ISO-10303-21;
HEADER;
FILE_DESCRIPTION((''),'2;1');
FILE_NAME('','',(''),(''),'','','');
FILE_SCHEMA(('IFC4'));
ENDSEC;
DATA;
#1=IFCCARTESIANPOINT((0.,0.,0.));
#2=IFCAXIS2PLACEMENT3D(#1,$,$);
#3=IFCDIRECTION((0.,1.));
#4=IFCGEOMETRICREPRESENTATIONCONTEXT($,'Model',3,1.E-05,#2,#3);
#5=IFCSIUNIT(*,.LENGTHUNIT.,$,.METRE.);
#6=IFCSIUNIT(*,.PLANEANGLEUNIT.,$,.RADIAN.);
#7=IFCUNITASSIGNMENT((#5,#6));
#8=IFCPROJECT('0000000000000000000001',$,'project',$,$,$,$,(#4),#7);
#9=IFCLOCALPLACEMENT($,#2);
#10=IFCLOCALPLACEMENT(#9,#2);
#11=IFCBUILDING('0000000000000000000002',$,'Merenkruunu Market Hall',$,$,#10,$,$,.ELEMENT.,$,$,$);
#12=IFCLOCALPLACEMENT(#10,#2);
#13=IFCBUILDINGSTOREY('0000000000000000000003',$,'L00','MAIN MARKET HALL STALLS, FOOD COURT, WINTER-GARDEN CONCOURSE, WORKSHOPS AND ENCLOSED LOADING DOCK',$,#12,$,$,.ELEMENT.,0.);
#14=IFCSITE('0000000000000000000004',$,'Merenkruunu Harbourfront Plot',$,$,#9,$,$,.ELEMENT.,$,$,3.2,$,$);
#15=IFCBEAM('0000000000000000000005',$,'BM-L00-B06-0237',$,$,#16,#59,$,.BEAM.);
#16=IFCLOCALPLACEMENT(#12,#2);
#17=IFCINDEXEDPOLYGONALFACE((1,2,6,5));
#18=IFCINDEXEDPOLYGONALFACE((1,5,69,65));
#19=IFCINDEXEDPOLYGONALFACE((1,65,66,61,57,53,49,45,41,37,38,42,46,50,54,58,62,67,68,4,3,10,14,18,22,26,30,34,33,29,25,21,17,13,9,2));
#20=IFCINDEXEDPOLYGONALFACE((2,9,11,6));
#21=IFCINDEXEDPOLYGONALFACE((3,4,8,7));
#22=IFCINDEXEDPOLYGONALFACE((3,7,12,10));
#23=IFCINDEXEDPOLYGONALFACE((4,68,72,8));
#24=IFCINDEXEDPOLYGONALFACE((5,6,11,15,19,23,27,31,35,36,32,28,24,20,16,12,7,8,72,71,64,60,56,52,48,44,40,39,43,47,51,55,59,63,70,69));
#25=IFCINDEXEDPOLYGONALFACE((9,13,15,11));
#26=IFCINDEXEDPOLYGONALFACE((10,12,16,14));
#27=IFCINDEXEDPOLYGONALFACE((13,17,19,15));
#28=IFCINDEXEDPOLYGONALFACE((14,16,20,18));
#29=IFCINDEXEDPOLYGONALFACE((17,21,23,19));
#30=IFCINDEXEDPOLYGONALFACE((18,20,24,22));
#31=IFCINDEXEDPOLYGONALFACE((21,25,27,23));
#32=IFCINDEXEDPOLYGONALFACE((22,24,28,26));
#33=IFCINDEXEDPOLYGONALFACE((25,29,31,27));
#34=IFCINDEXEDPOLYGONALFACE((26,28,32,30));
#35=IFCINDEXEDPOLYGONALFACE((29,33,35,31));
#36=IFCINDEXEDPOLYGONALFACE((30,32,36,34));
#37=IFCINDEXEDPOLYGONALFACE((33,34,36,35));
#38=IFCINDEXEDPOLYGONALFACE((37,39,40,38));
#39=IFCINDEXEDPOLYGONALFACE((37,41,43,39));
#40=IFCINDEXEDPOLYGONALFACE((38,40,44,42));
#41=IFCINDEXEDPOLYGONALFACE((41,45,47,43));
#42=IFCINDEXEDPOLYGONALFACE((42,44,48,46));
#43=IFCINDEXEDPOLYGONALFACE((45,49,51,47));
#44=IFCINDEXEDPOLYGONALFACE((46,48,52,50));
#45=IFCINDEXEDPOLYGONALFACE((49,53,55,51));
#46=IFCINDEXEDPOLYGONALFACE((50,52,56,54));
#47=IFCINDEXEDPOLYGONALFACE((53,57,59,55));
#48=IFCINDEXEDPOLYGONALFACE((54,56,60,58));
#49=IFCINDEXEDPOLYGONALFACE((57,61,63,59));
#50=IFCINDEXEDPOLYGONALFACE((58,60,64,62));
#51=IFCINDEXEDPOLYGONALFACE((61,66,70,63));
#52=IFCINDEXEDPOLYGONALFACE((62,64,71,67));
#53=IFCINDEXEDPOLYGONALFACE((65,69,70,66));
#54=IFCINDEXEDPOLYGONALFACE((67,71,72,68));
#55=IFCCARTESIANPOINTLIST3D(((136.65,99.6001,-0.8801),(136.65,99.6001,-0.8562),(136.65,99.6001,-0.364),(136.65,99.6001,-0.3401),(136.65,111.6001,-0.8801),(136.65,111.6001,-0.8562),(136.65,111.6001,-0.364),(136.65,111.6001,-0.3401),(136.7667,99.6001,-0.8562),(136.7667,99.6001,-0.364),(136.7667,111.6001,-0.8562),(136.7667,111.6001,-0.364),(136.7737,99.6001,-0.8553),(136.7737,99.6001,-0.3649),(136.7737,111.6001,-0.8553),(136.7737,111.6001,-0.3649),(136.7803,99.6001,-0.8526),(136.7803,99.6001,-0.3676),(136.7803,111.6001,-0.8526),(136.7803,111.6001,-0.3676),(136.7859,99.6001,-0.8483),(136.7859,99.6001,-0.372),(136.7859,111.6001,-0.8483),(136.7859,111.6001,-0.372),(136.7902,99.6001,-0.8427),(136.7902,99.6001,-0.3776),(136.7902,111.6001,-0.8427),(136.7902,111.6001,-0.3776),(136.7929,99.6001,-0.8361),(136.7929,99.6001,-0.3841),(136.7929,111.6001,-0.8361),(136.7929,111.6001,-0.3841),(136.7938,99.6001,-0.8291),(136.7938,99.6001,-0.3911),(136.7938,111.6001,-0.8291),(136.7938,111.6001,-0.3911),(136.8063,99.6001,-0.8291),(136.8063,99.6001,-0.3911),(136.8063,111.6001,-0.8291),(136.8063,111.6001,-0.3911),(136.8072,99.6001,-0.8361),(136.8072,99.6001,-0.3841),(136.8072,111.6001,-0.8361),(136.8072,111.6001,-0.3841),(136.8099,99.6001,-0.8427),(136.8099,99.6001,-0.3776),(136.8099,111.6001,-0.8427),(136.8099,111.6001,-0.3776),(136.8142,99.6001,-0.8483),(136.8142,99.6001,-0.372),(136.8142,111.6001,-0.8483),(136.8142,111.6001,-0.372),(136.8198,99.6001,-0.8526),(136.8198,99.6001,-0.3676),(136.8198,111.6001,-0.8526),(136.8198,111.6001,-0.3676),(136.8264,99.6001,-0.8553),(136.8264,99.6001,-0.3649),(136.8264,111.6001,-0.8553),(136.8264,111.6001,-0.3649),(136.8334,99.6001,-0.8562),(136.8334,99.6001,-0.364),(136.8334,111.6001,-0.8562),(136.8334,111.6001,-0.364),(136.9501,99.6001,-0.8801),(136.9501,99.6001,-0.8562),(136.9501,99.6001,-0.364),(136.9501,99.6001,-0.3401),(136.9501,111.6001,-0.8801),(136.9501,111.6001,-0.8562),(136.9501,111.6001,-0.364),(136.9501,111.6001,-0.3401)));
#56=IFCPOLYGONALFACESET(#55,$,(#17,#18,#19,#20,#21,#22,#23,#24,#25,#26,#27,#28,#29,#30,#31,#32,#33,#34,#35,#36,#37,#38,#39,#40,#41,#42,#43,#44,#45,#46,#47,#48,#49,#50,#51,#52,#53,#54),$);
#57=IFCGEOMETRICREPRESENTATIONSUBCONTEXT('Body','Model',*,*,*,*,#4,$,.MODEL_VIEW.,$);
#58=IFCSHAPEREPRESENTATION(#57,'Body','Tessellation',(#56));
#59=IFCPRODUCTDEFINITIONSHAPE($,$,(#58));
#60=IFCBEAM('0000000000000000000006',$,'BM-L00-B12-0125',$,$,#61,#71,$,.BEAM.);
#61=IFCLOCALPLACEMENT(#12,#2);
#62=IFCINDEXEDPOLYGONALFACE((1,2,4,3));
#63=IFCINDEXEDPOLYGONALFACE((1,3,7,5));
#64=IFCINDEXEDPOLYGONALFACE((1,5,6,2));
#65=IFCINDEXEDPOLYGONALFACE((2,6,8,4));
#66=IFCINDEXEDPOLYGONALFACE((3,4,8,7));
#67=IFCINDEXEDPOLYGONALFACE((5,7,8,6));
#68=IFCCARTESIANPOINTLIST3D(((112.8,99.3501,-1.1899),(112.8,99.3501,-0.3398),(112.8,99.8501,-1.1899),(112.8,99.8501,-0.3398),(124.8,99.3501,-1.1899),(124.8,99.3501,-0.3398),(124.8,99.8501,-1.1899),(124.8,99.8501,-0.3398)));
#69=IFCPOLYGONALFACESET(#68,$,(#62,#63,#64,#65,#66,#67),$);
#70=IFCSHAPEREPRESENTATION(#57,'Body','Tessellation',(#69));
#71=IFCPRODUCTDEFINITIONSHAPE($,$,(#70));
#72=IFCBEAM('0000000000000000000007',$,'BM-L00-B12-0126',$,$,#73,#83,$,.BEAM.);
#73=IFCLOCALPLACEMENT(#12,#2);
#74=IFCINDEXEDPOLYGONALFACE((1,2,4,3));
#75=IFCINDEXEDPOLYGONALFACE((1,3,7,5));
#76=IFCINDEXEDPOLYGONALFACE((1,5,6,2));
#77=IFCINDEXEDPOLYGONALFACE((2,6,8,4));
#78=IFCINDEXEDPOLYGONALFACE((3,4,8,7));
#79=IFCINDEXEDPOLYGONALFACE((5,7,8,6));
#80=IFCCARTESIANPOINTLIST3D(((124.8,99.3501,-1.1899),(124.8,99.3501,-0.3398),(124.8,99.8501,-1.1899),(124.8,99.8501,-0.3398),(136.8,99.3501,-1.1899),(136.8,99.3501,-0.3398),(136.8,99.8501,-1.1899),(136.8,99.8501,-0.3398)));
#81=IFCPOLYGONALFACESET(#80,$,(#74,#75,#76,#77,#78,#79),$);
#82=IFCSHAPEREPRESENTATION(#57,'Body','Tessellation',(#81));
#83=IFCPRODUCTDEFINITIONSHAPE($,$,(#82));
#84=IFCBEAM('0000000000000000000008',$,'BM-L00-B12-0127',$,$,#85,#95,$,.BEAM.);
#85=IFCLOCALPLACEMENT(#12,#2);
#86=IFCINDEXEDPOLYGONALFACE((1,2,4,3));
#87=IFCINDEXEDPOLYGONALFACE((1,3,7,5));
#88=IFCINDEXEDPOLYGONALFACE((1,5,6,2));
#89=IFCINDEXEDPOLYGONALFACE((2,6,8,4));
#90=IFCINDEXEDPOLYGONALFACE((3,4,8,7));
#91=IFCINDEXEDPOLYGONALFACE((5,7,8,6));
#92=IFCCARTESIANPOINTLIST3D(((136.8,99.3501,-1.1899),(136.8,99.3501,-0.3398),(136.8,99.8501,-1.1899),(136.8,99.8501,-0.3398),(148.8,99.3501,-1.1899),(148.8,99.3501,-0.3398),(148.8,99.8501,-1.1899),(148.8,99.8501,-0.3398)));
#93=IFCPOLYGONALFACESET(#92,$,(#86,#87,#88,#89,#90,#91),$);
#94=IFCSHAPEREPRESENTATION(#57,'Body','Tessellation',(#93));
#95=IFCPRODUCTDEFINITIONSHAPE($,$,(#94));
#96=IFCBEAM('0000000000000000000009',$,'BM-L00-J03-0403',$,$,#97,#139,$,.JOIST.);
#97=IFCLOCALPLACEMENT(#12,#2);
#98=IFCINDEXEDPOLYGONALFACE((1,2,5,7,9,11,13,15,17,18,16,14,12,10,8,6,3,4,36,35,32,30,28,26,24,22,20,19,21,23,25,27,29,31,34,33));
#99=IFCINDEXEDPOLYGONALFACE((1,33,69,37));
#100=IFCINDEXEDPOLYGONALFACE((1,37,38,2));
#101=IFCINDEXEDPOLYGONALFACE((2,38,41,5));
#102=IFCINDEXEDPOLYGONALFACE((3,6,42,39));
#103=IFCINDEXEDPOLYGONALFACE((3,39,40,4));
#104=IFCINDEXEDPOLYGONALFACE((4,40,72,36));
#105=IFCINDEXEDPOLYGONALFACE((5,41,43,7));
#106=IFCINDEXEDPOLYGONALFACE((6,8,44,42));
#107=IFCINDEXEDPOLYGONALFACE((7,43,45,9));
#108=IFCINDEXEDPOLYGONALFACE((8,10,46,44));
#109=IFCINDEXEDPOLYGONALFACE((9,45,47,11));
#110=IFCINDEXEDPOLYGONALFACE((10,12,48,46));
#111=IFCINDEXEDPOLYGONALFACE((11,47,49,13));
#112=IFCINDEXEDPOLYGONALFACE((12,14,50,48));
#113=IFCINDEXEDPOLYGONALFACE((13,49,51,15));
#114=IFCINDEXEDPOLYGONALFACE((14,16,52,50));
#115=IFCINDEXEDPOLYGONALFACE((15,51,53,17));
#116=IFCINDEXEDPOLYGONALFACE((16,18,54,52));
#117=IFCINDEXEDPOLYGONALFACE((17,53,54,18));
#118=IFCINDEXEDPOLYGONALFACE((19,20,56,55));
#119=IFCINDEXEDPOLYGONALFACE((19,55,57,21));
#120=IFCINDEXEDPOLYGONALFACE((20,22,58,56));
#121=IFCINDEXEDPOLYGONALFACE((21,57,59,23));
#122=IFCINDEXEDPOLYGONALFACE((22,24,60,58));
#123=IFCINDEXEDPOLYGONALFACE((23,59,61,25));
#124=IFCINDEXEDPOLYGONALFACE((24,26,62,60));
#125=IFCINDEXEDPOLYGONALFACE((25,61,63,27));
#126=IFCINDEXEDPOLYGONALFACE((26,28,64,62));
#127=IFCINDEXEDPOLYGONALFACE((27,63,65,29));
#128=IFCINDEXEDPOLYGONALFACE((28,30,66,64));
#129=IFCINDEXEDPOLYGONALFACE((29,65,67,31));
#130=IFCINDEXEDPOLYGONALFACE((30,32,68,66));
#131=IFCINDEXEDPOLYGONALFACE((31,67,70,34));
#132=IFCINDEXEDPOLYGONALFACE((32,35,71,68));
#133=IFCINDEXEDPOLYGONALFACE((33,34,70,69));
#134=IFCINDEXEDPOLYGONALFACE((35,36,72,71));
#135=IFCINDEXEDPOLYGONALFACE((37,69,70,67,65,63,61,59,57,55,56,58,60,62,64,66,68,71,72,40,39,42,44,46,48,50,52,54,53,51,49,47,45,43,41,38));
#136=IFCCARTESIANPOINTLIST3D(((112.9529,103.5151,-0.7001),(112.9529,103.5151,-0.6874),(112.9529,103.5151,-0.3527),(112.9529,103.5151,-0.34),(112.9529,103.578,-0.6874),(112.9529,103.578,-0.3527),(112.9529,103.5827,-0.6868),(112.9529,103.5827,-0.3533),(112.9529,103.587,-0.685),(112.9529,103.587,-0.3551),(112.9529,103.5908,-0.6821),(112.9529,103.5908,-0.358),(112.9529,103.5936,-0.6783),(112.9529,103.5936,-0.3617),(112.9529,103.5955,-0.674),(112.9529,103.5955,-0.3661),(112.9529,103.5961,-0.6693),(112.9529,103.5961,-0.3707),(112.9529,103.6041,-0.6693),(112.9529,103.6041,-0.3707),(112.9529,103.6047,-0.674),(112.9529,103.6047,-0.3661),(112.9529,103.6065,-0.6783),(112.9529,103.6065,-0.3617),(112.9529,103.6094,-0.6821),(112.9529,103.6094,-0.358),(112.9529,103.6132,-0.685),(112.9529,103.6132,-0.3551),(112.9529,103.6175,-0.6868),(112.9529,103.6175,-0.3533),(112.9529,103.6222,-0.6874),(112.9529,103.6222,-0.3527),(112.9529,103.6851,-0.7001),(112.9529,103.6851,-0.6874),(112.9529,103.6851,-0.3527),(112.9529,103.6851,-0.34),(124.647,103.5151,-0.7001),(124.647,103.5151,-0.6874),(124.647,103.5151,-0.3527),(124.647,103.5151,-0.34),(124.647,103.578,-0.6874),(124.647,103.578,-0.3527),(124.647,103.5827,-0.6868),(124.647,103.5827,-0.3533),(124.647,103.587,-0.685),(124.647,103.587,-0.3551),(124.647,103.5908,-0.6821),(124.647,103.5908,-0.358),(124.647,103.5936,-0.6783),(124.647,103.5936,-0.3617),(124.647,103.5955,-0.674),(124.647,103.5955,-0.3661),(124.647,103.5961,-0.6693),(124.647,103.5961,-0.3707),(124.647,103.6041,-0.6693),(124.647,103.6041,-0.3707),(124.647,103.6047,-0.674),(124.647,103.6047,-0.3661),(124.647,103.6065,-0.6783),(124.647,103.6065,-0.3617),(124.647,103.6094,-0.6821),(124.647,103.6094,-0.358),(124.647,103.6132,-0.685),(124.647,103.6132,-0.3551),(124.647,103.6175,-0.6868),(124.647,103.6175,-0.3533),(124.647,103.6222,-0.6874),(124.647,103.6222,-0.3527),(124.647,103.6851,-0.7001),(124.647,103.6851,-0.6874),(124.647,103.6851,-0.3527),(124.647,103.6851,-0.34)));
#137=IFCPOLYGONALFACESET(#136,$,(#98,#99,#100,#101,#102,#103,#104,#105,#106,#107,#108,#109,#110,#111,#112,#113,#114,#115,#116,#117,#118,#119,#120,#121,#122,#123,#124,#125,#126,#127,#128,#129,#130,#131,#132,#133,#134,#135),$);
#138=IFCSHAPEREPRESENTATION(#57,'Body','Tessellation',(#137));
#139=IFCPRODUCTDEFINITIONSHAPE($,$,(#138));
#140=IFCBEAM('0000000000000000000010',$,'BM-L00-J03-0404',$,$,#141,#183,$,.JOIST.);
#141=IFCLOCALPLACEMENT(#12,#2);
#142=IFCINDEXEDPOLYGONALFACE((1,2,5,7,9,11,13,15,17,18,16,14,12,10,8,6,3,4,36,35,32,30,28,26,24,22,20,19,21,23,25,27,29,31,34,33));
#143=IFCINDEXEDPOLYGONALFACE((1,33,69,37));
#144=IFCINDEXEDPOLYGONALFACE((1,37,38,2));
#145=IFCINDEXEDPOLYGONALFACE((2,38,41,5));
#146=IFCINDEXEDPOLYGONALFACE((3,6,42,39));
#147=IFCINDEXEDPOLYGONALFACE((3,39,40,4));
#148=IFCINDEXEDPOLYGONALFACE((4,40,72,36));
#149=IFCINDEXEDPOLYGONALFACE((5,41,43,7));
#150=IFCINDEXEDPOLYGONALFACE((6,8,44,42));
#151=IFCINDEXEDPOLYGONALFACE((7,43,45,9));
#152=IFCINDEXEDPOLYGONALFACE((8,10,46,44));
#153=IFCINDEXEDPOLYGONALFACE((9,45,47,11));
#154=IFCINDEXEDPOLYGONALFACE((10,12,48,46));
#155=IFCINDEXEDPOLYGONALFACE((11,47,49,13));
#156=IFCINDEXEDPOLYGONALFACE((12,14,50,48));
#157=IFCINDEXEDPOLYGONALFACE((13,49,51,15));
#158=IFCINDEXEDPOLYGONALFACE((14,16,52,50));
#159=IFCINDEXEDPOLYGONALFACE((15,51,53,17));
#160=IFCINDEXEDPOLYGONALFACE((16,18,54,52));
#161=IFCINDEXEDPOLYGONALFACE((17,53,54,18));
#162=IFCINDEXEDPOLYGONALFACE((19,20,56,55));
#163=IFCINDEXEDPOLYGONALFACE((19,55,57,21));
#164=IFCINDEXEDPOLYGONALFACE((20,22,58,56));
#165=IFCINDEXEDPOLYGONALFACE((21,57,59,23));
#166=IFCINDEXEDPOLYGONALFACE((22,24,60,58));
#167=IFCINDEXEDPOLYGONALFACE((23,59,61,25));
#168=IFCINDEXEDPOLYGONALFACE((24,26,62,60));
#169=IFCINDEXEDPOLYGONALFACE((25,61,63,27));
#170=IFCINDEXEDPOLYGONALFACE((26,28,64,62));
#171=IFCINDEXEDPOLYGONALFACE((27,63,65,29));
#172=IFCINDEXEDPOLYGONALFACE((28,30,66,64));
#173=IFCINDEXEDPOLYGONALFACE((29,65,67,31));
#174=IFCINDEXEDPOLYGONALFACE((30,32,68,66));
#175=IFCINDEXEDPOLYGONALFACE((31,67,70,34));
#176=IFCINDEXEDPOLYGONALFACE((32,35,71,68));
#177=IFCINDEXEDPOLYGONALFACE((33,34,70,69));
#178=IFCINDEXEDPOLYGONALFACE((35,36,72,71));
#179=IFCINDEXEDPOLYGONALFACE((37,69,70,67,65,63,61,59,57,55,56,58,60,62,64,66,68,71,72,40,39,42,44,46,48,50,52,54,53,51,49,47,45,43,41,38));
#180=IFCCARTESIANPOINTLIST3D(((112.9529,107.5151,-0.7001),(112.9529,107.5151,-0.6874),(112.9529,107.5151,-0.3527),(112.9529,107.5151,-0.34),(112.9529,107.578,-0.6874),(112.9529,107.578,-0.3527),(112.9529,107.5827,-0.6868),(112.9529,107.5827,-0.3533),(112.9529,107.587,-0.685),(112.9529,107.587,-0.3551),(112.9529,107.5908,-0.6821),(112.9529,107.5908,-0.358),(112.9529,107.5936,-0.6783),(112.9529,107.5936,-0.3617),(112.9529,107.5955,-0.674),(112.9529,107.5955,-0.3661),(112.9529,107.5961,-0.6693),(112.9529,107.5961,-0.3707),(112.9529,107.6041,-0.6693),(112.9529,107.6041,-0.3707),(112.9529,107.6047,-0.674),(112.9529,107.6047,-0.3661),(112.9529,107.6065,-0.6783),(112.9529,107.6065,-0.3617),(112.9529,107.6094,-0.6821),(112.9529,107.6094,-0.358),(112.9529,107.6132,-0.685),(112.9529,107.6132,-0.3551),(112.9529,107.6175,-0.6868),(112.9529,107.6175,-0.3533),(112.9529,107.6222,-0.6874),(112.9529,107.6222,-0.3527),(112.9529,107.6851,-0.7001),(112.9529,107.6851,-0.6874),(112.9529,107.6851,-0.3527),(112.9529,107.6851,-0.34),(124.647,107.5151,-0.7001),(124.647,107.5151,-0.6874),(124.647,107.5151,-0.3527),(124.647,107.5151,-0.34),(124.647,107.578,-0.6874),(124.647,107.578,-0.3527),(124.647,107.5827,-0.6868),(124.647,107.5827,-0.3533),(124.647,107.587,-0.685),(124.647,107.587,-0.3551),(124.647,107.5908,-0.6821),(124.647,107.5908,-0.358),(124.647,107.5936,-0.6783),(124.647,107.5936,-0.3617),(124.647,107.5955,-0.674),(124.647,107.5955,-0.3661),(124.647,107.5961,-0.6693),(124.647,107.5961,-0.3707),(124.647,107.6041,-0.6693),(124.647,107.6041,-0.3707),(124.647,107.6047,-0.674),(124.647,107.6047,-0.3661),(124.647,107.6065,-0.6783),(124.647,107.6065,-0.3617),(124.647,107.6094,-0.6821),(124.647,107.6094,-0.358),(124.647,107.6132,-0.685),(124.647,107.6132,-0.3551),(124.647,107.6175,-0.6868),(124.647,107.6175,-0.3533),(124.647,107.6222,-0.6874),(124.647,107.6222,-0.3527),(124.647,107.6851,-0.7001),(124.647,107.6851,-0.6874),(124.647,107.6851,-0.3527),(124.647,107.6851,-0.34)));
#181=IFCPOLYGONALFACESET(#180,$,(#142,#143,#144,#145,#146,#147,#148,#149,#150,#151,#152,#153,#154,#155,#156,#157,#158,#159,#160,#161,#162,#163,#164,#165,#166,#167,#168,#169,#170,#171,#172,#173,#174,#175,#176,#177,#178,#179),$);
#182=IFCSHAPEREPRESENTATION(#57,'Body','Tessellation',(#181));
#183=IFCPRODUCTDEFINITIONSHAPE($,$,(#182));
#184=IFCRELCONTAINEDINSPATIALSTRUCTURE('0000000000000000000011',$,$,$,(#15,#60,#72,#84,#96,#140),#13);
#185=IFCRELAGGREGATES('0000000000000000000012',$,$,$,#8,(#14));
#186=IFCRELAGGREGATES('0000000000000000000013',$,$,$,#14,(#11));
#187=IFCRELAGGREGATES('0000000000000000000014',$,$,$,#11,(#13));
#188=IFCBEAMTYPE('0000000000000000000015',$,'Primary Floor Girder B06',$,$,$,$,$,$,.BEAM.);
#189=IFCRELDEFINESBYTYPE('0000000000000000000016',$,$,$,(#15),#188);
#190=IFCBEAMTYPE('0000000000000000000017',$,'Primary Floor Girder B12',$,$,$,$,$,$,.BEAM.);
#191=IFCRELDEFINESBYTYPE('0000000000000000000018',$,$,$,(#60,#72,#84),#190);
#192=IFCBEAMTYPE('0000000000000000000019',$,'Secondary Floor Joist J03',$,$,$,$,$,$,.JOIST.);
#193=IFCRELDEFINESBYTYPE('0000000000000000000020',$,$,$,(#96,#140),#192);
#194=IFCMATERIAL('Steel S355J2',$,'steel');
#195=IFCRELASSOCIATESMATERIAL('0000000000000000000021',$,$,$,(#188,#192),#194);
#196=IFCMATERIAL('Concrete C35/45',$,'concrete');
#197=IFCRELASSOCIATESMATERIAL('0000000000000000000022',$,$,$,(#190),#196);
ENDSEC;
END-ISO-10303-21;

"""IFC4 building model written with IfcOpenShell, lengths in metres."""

from ifc_helpers import new_model, si_unit, direction, frame, origin, origin_2d, place, context, subcontext, project, spatial, rectangle, i_section, extrude, material, material_profile, profile_set, type_object, element, save


model = new_model("IFC4")

# Units and contexts
model_context = context("Model", 3, precision=1e-05, world=origin(), true_north=direction((0.0, 1.0)))
body_context = subcontext(model_context, "Body", "Model", "MODEL_VIEW")
ifc_project = project(units=[si_unit("LENGTHUNIT", "METRE"), si_unit("PLANEANGLEUNIT", "RADIAN")], contexts=[model_context])

# Site, building, storey
site_placement = place(None, origin())
site = spatial("IfcSite", under=ifc_project, at=site_placement, Name="Merenkruunu Harbourfront Plot", CompositionType="ELEMENT", RefElevation=3.2)
building_placement = place(site_placement, origin())
building = spatial("IfcBuilding", under=site, at=building_placement, Name="Merenkruunu Market Hall", CompositionType="ELEMENT")
storey_placement = place(building_placement, origin())
storey = spatial("IfcBuildingStorey", under=building, at=storey_placement, Name="L00", Description="MAIN MARKET HALL STALLS, FOOD COURT, WINTER-GARDEN CONCOURSE, WORKSHOPS AND ENCLOSED LOADING DOCK", CompositionType="ELEMENT", Elevation=0.0)

# Shared definitions
ifc_material_1 = material(Name="Steel S355J2", Category="steel")

# Beams
ifc_material_profile_1 = material_profile(ifc_material_1, i_section(OverallWidth=0.3, OverallDepth=0.54, WebThickness=0.0125, FlangeThickness=0.0239, FilletRadius=0.0271, at=origin_2d()), Name="HEA 550")
ifc_profile_set_1 = profile_set([ifc_material_profile_1], Name="Steel S355J2")
beam_type_1 = type_object("IfcBeamType", Name="Primary Floor Girder B06", PredefinedType="BEAM", material=ifc_profile_set_1)
for number, where, z_axis, x_axis, name in (
    (1, (136.8, 99.6001, -0.6101), (0.0, 1.0, 0.0), (-1.0, 0.0, 0.0), "BM-L00-B06-0237"),
):
    element("IfcBeam", number, at=place(storey_placement, frame(where, z_axis=z_axis, x_axis=x_axis)), inside=storey, type_object=beam_type_1, Name=name, PredefinedType="BEAM", context=body_context, shape_type="SweptSolid", body=[
        extrude(i_section(OverallWidth=0.3, OverallDepth=0.54, WebThickness=0.0125, FlangeThickness=0.0239, FilletRadius=0.0271, at=origin_2d()), origin(), (0.0, 0.0, 1.0), 12.0),
    ])
ifc_material_2 = material(Name="Concrete C35/45", Category="concrete")
ifc_material_profile_2 = material_profile(ifc_material_2, rectangle(XDim=0.5, YDim=0.8501, at=origin_2d()), Name="RC 500x850")
ifc_profile_set_2 = profile_set([ifc_material_profile_2], Name="Concrete C35/45")
beam_type_2 = type_object("IfcBeamType", Name="Primary Floor Girder B12", PredefinedType="BEAM", material=ifc_profile_set_2)
for number, where, z_axis, x_axis, name in (
    (2, (112.8, 99.6001, -0.7649), (1.0, 0.0, 0.0), (0.0, 1.0, 0.0), "BM-L00-B12-0125"),
    (3, (124.8, 99.6001, -0.7649), (1.0, 0.0, 0.0), (0.0, 1.0, 0.0), "BM-L00-B12-0126"),
    (4, (136.8, 99.6001, -0.7649), (1.0, 0.0, 0.0), (0.0, 1.0, 0.0), "BM-L00-B12-0127"),
):
    element("IfcBeam", number, at=place(storey_placement, frame(where, z_axis=z_axis, x_axis=x_axis)), inside=storey, type_object=beam_type_2, Name=name, PredefinedType="BEAM", context=body_context, shape_type="SweptSolid", body=[
        extrude(rectangle(XDim=0.5, YDim=0.8501, at=origin_2d()), origin(), (0.0, 0.0, 1.0), 12.0),
    ])
ifc_material_profile_3 = material_profile(ifc_material_1, i_section(OverallWidth=0.1699, OverallDepth=0.3601, WebThickness=0.0081, FlangeThickness=0.0127, FilletRadius=0.0181, at=origin_2d()), Name="IPE 360")
ifc_profile_set_3 = profile_set([ifc_material_profile_3], Name="Steel S355J2")
beam_type_3 = type_object("IfcBeamType", Name="Secondary Floor Joist J03", PredefinedType="JOIST", material=ifc_profile_set_3)
for number, where, z_axis, x_axis, name in (
    (5, (112.9529, 103.6001, -0.52), (1.0, 0.0, 0.0), (0.0, 1.0, 0.0), "BM-L00-J03-0403"),
    (6, (112.9529, 107.6001, -0.52), (1.0, 0.0, 0.0), (0.0, 1.0, 0.0), "BM-L00-J03-0404"),
):
    element("IfcBeam", number, at=place(storey_placement, frame(where, z_axis=z_axis, x_axis=x_axis)), inside=storey, type_object=beam_type_3, Name=name, PredefinedType="JOIST", context=body_context, shape_type="SweptSolid", body=[
        extrude(i_section(OverallWidth=0.1699, OverallDepth=0.3601, WebThickness=0.0081, FlangeThickness=0.0127, FilletRadius=0.0181, at=origin_2d()), origin(), (0.0, 0.0, 1.0), 11.6941),
    ])

save(model, "model.ifc")
